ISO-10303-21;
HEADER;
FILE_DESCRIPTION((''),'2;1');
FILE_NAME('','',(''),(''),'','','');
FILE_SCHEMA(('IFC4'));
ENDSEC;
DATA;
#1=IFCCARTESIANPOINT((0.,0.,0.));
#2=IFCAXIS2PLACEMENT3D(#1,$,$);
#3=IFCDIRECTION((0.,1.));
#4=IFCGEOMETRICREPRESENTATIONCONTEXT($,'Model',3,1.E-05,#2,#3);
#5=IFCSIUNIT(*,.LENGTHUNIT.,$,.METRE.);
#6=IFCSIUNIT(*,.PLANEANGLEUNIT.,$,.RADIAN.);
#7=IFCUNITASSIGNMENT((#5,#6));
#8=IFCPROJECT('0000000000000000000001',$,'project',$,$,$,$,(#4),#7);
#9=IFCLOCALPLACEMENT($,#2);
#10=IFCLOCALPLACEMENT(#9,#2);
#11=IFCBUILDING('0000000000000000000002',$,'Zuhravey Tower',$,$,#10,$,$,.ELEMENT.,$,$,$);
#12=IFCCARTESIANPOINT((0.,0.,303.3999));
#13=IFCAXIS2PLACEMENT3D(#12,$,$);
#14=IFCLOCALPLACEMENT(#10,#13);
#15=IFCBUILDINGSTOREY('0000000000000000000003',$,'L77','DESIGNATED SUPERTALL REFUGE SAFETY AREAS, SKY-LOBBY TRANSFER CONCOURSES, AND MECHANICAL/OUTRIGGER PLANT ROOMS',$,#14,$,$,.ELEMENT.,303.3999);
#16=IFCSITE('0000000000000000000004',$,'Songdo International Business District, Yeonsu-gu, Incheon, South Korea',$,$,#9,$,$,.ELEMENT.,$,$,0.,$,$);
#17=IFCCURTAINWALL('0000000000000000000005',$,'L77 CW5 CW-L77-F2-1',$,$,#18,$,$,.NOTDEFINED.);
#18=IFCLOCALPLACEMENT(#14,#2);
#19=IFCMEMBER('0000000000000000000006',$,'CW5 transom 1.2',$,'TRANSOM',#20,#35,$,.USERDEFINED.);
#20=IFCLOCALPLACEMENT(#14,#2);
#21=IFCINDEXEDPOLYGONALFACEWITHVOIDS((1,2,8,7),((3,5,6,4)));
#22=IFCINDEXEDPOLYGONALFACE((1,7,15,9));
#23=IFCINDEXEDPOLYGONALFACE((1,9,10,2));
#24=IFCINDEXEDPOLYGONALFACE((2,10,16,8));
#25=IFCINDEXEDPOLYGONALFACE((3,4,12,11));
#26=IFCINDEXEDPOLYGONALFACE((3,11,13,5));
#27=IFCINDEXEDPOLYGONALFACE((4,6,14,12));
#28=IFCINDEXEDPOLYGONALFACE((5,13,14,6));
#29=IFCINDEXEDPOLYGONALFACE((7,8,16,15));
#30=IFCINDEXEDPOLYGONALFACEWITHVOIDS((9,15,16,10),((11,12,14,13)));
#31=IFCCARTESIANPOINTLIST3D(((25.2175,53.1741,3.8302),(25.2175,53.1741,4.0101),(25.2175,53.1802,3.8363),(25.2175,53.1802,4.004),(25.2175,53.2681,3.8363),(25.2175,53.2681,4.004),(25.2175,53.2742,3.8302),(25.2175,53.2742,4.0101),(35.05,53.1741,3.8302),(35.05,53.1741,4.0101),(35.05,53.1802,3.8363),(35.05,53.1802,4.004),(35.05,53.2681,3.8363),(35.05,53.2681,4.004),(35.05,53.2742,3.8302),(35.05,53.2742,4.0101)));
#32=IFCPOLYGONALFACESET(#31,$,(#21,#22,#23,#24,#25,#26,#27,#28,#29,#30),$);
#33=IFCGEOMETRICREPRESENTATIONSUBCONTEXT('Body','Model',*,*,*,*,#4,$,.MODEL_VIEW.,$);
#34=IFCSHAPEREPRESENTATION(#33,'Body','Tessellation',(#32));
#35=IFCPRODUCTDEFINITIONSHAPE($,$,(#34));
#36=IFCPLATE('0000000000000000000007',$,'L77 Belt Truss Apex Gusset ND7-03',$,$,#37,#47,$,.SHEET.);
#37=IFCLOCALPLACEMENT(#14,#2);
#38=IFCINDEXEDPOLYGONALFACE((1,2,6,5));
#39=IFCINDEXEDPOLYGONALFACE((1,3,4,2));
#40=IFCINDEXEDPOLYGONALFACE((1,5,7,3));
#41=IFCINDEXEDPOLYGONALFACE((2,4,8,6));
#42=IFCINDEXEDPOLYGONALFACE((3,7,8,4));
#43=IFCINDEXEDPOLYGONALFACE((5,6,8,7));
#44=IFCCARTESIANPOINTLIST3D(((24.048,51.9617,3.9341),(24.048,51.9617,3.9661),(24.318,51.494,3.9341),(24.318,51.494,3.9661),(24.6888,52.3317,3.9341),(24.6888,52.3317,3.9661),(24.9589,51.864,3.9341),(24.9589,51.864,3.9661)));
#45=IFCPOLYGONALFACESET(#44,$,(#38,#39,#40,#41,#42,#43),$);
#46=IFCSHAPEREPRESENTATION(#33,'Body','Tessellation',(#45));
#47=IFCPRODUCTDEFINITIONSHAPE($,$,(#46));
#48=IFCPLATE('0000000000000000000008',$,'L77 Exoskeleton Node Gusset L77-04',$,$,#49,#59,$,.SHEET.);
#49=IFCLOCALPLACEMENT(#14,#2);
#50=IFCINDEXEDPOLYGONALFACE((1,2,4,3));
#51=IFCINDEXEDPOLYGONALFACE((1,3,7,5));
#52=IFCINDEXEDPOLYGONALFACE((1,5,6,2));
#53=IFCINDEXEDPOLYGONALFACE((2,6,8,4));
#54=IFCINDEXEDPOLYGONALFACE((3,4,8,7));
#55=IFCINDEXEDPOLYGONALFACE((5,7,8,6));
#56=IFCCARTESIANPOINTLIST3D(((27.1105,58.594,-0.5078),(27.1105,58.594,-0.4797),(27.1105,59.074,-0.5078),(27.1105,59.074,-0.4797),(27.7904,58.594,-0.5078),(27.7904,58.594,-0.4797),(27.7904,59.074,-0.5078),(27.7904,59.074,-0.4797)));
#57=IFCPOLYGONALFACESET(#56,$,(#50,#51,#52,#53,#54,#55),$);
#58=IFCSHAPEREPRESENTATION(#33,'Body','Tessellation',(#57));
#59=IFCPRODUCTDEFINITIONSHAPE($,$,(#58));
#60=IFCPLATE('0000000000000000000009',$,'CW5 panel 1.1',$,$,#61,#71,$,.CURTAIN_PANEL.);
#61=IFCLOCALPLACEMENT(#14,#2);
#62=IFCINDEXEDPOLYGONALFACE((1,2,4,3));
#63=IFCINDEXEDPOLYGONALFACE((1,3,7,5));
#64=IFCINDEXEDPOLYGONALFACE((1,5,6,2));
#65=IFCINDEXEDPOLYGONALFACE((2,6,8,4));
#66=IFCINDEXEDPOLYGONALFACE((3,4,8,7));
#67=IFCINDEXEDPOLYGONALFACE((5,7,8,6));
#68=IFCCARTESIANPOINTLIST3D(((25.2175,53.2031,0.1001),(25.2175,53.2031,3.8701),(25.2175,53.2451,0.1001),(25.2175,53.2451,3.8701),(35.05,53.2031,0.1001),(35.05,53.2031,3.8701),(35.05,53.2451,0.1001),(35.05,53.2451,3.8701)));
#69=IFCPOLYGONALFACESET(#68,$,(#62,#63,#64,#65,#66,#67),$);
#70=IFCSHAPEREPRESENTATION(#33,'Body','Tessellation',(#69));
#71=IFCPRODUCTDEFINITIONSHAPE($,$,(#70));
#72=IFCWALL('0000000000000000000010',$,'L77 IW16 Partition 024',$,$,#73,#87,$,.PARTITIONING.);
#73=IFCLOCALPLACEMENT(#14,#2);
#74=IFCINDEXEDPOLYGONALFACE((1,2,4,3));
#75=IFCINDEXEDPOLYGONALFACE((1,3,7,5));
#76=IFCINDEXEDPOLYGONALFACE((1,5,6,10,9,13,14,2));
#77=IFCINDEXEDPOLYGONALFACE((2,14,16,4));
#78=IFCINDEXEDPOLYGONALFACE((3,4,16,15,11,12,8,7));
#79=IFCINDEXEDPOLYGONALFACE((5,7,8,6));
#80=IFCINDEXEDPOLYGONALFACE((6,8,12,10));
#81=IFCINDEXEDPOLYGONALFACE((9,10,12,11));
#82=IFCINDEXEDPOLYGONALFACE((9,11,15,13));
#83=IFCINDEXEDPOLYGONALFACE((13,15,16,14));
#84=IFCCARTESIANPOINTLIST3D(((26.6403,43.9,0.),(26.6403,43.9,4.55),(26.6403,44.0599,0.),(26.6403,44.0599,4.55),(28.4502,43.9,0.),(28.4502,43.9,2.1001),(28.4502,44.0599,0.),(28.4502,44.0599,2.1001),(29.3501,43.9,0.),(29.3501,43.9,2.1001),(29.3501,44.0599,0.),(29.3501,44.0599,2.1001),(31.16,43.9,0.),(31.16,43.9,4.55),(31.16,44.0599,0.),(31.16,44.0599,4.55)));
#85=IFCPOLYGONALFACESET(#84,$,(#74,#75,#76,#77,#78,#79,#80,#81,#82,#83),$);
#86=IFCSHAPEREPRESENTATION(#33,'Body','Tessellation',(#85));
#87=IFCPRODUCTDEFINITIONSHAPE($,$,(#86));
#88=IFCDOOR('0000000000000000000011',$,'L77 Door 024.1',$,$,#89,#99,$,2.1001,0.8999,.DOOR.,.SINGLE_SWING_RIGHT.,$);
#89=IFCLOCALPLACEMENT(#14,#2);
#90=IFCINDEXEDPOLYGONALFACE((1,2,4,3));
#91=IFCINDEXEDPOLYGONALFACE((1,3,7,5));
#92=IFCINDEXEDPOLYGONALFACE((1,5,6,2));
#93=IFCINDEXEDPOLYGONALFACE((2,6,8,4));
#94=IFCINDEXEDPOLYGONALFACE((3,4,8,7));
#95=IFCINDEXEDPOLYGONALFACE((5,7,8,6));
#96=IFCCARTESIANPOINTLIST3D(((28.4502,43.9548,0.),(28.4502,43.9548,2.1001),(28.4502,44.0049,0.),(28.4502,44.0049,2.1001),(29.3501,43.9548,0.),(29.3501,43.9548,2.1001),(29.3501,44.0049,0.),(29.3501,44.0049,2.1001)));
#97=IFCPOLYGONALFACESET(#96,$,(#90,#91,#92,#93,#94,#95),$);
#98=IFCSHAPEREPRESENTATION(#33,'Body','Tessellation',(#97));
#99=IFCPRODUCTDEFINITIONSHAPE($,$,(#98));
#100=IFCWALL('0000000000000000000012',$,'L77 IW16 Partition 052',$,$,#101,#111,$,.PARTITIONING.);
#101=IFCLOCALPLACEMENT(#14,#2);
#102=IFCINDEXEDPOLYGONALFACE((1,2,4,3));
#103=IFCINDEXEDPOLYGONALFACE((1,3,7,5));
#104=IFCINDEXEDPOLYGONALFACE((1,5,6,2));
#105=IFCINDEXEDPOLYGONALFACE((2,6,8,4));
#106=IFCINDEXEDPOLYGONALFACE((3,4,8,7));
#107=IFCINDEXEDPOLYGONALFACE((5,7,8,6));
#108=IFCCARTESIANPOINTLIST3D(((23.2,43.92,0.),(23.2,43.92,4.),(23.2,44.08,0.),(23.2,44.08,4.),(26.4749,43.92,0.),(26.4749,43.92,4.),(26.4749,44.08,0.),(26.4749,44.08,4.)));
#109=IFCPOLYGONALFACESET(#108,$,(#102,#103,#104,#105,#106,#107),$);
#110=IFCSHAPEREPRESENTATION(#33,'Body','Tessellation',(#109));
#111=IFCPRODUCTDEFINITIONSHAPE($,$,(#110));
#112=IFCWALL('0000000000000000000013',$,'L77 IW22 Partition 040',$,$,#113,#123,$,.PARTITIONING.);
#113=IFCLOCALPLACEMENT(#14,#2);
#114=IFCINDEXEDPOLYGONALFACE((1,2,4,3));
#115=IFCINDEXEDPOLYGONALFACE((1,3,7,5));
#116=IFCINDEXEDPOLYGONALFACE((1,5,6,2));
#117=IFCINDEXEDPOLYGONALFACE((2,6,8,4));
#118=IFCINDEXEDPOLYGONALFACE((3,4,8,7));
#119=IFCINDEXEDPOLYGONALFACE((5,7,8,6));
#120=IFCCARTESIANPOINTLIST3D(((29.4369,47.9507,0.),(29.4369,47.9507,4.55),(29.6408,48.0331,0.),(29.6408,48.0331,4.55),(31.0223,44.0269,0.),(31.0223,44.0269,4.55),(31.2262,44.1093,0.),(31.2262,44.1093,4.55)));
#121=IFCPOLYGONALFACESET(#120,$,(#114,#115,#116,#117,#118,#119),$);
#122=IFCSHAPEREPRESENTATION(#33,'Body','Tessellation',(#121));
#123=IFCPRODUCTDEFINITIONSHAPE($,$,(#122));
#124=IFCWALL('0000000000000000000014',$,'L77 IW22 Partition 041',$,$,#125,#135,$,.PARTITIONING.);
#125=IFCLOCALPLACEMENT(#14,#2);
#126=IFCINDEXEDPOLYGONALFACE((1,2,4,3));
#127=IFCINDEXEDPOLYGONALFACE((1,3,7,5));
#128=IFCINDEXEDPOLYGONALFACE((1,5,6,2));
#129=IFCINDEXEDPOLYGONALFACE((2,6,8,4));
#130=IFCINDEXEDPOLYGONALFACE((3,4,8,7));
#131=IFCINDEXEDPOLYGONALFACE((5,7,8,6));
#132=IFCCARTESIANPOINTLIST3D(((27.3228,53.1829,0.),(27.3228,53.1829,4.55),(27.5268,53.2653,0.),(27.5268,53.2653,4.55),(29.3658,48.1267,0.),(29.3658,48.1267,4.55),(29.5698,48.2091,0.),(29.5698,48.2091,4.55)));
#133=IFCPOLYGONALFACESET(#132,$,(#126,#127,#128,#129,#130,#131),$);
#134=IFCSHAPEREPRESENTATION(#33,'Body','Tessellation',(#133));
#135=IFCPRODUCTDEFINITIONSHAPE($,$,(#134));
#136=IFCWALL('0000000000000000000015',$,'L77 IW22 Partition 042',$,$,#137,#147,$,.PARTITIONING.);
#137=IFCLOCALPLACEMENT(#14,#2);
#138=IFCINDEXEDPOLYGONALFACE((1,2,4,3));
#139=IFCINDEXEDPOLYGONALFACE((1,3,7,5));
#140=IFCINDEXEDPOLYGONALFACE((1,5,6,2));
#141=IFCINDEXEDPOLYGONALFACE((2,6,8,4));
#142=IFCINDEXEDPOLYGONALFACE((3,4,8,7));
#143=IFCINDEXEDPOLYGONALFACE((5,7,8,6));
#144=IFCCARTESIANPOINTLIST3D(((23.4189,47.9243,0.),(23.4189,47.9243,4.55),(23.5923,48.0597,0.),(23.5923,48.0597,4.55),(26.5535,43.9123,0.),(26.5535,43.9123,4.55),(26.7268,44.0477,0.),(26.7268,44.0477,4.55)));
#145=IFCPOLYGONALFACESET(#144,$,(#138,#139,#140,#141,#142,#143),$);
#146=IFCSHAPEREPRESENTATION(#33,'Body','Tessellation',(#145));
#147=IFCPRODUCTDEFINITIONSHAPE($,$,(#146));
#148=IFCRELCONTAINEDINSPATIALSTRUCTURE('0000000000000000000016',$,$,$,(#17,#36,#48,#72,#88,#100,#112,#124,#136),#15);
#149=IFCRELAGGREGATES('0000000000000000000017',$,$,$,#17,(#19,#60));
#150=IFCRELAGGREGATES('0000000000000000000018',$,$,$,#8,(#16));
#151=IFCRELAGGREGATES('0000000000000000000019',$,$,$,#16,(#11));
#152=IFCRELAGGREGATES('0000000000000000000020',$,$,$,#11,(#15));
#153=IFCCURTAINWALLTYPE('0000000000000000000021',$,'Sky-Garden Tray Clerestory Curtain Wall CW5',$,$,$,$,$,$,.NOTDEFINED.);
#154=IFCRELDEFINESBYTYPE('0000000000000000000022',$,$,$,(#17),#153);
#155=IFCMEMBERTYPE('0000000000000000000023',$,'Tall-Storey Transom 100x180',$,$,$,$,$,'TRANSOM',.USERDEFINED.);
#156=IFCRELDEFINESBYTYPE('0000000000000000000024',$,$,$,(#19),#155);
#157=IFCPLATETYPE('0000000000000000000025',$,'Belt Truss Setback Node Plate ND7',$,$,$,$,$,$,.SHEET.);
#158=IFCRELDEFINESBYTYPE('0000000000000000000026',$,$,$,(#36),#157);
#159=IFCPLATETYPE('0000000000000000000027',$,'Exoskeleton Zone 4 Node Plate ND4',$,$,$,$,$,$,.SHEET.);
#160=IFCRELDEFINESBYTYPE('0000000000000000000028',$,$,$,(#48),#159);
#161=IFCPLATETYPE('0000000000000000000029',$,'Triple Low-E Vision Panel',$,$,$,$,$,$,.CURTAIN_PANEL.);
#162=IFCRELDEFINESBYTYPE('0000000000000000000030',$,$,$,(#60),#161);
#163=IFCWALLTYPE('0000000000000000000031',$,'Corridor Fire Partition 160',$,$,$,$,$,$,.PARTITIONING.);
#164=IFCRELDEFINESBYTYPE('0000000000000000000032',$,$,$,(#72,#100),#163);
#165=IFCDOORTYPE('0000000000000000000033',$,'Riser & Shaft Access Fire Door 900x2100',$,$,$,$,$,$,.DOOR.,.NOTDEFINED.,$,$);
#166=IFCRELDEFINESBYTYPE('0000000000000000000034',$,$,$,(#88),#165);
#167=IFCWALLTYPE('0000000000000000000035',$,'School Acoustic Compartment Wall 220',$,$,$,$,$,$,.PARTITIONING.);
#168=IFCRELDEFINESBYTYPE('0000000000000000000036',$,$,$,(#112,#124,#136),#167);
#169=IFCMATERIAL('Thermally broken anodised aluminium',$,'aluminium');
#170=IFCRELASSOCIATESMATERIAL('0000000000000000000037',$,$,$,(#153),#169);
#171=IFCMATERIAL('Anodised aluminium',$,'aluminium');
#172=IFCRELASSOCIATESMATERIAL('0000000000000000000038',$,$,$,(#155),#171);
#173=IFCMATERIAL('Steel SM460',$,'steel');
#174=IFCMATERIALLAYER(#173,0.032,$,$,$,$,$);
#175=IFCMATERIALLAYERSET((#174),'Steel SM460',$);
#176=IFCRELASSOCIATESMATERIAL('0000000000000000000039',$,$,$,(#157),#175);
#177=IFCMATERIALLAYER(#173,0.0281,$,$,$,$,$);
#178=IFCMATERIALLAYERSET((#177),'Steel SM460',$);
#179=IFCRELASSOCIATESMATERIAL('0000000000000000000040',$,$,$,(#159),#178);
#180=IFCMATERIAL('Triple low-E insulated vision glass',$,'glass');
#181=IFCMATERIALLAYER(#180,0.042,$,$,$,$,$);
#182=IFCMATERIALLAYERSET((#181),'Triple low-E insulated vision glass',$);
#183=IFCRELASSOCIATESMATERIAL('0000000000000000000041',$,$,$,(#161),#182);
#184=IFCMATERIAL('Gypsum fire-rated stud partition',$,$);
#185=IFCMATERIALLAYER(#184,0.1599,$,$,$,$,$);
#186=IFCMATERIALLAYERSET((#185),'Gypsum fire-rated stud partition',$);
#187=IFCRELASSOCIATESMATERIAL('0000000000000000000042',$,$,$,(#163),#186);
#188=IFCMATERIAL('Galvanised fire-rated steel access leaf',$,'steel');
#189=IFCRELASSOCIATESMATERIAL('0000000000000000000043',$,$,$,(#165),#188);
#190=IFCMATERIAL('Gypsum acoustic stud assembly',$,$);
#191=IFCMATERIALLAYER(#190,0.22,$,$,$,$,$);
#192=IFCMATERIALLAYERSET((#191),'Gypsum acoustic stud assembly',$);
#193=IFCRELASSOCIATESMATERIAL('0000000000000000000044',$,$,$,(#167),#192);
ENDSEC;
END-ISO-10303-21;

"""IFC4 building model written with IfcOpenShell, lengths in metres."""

from ifc_helpers import new_model, si_unit, direction, frame, frame_2d, origin, origin_2d, place, context, subcontext, project, spatial, rectangle, hollow_rectangle, extrude, material, layer, layer_set, material_profile, profile_set, type_object, element, fill, aggregate, save


model = new_model("IFC4")

# Units and contexts
model_context = context("Model", 3, precision=1e-05, world=origin(), true_north=direction((0.0, 1.0)))
body_context = subcontext(model_context, "Body", "Model", "MODEL_VIEW")
ifc_project = project(units=[si_unit("LENGTHUNIT", "METRE"), si_unit("PLANEANGLEUNIT", "RADIAN")], contexts=[model_context])

# Site, building, storey
site_placement = place(None, origin())
site = spatial("IfcSite", under=ifc_project, at=site_placement, Name="Songdo International Business District, Yeonsu-gu, Incheon, South Korea", CompositionType="ELEMENT", RefElevation=0.0)
building_placement = place(site_placement, origin())
building = spatial("IfcBuilding", under=site, at=building_placement, Name="Zuhravey Tower", CompositionType="ELEMENT")
storey_placement = place(building_placement, frame((0.0, 0.0, 303.3999)))
storey = spatial("IfcBuildingStorey", under=building, at=storey_placement, Name="L77", Description="DESIGNATED SUPERTALL REFUGE SAFETY AREAS, SKY-LOBBY TRANSFER CONCOURSES, AND MECHANICAL/OUTRIGGER PLANT ROOMS", CompositionType="ELEMENT", Elevation=303.3999)

# Shared definitions
ifc_material_1 = material(Name="Steel SM460", Category="steel")

# Curtain wall
ifc_material_2 = material(Name="Thermally broken anodised aluminium", Category="aluminium")
curtain_wall_type = type_object("IfcCurtainWallType", Name="Sky-Garden Tray Clerestory Curtain Wall CW5", PredefinedType="NOTDEFINED", material=ifc_material_2)
curtain_wall_placement = place(storey_placement, origin())
curtain_wall = element("IfcCurtainWall", 1, at=curtain_wall_placement, inside=storey, type_object=curtain_wall_type, Name="L77 CW5 CW-L77-F2-1", PredefinedType="NOTDEFINED")
ifc_material_3 = material(Name="Anodised aluminium", Category="aluminium")

# Member
ifc_material_profile_1 = material_profile(ifc_material_3, hollow_rectangle(XDim=0.1001, YDim=0.1799, WallThickness=0.0061, at=origin_2d()), Name="ALU-RHS-100x180x6")
ifc_profile_set_1 = profile_set([ifc_material_profile_1], Name="Anodised aluminium")
member_type_1 = type_object("IfcMemberType", Name="Tall-Storey Transom 100x180", ElementType="TRANSOM", PredefinedType="USERDEFINED", material=ifc_profile_set_1)
member_1_placement = place(storey_placement, frame((25.2175, 53.2241, 3.9202), z_axis=(1.0, 0.0, 0.0), x_axis=(0.0, 1.0, 0.0)))
member_1 = element("IfcMember", 2, at=member_1_placement, type_object=member_type_1, Name="CW5 transom 1.2", ObjectType="TRANSOM", PredefinedType="USERDEFINED", context=body_context, shape_type="SweptSolid", body=[
    extrude(hollow_rectangle(XDim=0.1001, YDim=0.1799, WallThickness=0.0061, at=origin_2d()), origin(), (0.0, 0.0, 1.0), 9.8325),
])

# Plates
ifc_layer_1 = layer(ifc_material_1, 0.032)
ifc_layer_set_1 = layer_set([ifc_layer_1], Name="Steel SM460")
plate_type_1 = type_object("IfcPlateType", Name="Belt Truss Setback Node Plate ND7", PredefinedType="SHEET", material=ifc_layer_set_1)
plate_1_placement = place(storey_placement, frame((24.5034, 51.9128, 3.9341), z_axis=(0.0, 0.0, 1.0), x_axis=(-0.866025, -0.5, 0.0)))
element("IfcPlate", 3, at=plate_1_placement, inside=storey, type_object=plate_type_1, Name="L77 Belt Truss Apex Gusset ND7-03", PredefinedType="SHEET", context=body_context, shape_type="SweptSolid", body=[
    extrude(rectangle(XDim=0.74, YDim=0.54, at=origin_2d()), origin(), (0.0, 0.0, 1.0), 0.032),
])
ifc_layer_2 = layer(ifc_material_1, 0.0281)
ifc_layer_set_2 = layer_set([ifc_layer_2], Name="Steel SM460")
plate_type_2 = type_object("IfcPlateType", Name="Exoskeleton Zone 4 Node Plate ND4", PredefinedType="SHEET", material=ifc_layer_set_2)
plate_2_placement = place(storey_placement, frame((27.4504, 58.834, -0.5078), z_axis=(0.0, 0.0, 1.0), x_axis=(-1.0, 0.0, 0.0)))
element("IfcPlate", 4, at=plate_2_placement, inside=storey, type_object=plate_type_2, Name="L77 Exoskeleton Node Gusset L77-04", PredefinedType="SHEET", context=body_context, shape_type="SweptSolid", body=[
    extrude(rectangle(XDim=0.6799, YDim=0.48, at=origin_2d()), origin(), (0.0, 0.0, 1.0), 0.0281),
])

# Plate
ifc_material_4 = material(Name="Triple low-E insulated vision glass", Category="glass")
ifc_layer_3 = layer(ifc_material_4, 0.042)
ifc_layer_set_3 = layer_set([ifc_layer_3], Name="Triple low-E insulated vision glass")
plate_type_3 = type_object("IfcPlateType", Name="Triple Low-E Vision Panel", PredefinedType="CURTAIN_PANEL", material=ifc_layer_set_3)
plate_3_placement = place(storey_placement, frame((30.1338, 53.2241, 0.1001), z_axis=(0.0, 0.0, 1.0), x_axis=(1.0, 0.0, 0.0)))
plate_3 = element("IfcPlate", 5, at=plate_3_placement, type_object=plate_type_3, Name="CW5 panel 1.1", PredefinedType="CURTAIN_PANEL", context=body_context, shape_type="SweptSolid", body=[
    extrude(rectangle(XDim=9.8325, YDim=0.042, at=origin_2d()), origin(), (0.0, 0.0, 1.0), 3.77),
])
aggregate(curtain_wall, [member_1, plate_3])

# Wall, opening, door
ifc_material_5 = material(Name="Gypsum fire-rated stud partition")
ifc_layer_4 = layer(ifc_material_5, 0.1599)
ifc_layer_set_4 = layer_set([ifc_layer_4], Name="Gypsum fire-rated stud partition")
wall_type_1 = type_object("IfcWallType", Name="Corridor Fire Partition 160", PredefinedType="PARTITIONING", material=ifc_layer_set_4)
wall_1_placement = place(storey_placement, frame((31.1599, 43.98, 0.0), z_axis=(0.0, 0.0, 1.0), x_axis=(-1.0, 0.0, 0.0)))
wall_1 = element("IfcWall", 6, at=wall_1_placement, inside=storey, type_object=wall_type_1, Name="L77 IW16 Partition 024", PredefinedType="PARTITIONING", context=body_context, shape_type="SweptSolid", body=[
    extrude(rectangle(XDim=4.5198, YDim=0.1599, at=frame_2d((2.2598, 0.0))), origin(), (0.0, 0.0, 1.0), 4.55),
])
opening_placement = place(wall_1_placement, frame((1.8098, 0.0, 0.0)))
opening = element("IfcOpeningElement", 7, at=opening_placement, cuts=wall_1, PredefinedType="OPENING", context=body_context, shape_type="SweptSolid", body=[
    extrude(rectangle(XDim=0.8999, YDim=2.1001, at=frame_2d((0.45, 1.05))), frame((0.0, 0.092, 0.0), z_axis=(0.0, -1.0, 0.0), x_axis=(1.0, 0.0, 0.0)), (0.0, 0.0, 1.0), 0.1838),
])
ifc_material_6 = material(Name="Galvanised fire-rated steel access leaf", Category="steel")
door_type = type_object("IfcDoorType", Name="Riser & Shaft Access Fire Door 900x2100", OperationType="NOTDEFINED", PredefinedType="DOOR", material=ifc_material_6)
door_placement = place(opening_placement, frame((0.8999, 0.0, 0.0), z_axis=(0.0, 0.0, 1.0), x_axis=(-1.0, 0.0, 0.0)))
door = element("IfcDoor", 8, at=door_placement, inside=storey, type_object=door_type, Name="L77 Door 024.1", OperationType="SINGLE_SWING_RIGHT", OverallHeight=2.1001, OverallWidth=0.8999, PredefinedType="DOOR", context=body_context, shape_type="SweptSolid", body=[
    extrude(rectangle(XDim=0.8999, YDim=2.1001, at=frame_2d((0.45, 1.05))), frame((0.0, 0.0249, 0.0), z_axis=(0.0, -1.0, 0.0), x_axis=(1.0, 0.0, 0.0)), (0.0, 0.0, 1.0), 0.05),
])
fill(opening, door)

# Walls
wall_2_placement = place(storey_placement, frame((26.4749, 44.0, 0.0), z_axis=(0.0, 0.0, 1.0), x_axis=(-1.0, 0.0, 0.0)))
element("IfcWall", 9, at=wall_2_placement, inside=storey, type_object=wall_type_1, Name="L77 IW16 Partition 052", PredefinedType="PARTITIONING", context=body_context, shape_type="SweptSolid", body=[
    extrude(rectangle(XDim=3.2749, YDim=0.1599, at=frame_2d((1.6375, 0.0))), origin(), (0.0, 0.0, 1.0), 4.0),
])
ifc_material_7 = material(Name="Gypsum acoustic stud assembly")
ifc_layer_5 = layer(ifc_material_7, 0.22)
ifc_layer_set_5 = layer_set([ifc_layer_5], Name="Gypsum acoustic stud assembly")
wall_type_2 = type_object("IfcWallType", Name="School Acoustic Compartment Wall 220", PredefinedType="PARTITIONING", material=ifc_layer_set_5)
wall_3_placement = place(storey_placement, frame((31.1243, 44.0681, 0.0), z_axis=(0.0, 0.0, 1.0), x_axis=(-0.374631, 0.927174, 0.0)))
element("IfcWall", 10, at=wall_3_placement, inside=storey, type_object=wall_type_2, Name="L77 IW22 Partition 040", PredefinedType="PARTITIONING", context=body_context, shape_type="SweptSolid", body=[
    extrude(rectangle(XDim=4.2319, YDim=0.22, at=frame_2d((2.116, 0.0))), origin(), (0.0, 0.0, 1.0), 4.55),
])
wall_4_placement = place(storey_placement, frame((29.4678, 48.168, 0.0), z_axis=(0.0, 0.0, 1.0), x_axis=(-0.37463, 0.927174, 0.0)))
element("IfcWall", 11, at=wall_4_placement, inside=storey, type_object=wall_type_2, Name="L77 IW22 Partition 041", PredefinedType="PARTITIONING", context=body_context, shape_type="SweptSolid", body=[
    extrude(rectangle(XDim=5.4534, YDim=0.22, at=frame_2d((2.7266, 0.0))), origin(), (0.0, 0.0, 1.0), 4.55),
])
wall_5_placement = place(storey_placement, frame((26.6401, 43.98, 0.0), z_axis=(0.0, 0.0, 1.0), x_axis=(-0.615665, 0.788008, 0.0)))
element("IfcWall", 12, at=wall_5_placement, inside=storey, type_object=wall_type_2, Name="L77 IW22 Partition 042", PredefinedType="PARTITIONING", context=body_context, shape_type="SweptSolid", body=[
    extrude(rectangle(XDim=5.0913, YDim=0.22, at=frame_2d((2.5457, 0.0))), origin(), (0.0, 0.0, 1.0), 4.55),
])

save(model, "model.ifc")
